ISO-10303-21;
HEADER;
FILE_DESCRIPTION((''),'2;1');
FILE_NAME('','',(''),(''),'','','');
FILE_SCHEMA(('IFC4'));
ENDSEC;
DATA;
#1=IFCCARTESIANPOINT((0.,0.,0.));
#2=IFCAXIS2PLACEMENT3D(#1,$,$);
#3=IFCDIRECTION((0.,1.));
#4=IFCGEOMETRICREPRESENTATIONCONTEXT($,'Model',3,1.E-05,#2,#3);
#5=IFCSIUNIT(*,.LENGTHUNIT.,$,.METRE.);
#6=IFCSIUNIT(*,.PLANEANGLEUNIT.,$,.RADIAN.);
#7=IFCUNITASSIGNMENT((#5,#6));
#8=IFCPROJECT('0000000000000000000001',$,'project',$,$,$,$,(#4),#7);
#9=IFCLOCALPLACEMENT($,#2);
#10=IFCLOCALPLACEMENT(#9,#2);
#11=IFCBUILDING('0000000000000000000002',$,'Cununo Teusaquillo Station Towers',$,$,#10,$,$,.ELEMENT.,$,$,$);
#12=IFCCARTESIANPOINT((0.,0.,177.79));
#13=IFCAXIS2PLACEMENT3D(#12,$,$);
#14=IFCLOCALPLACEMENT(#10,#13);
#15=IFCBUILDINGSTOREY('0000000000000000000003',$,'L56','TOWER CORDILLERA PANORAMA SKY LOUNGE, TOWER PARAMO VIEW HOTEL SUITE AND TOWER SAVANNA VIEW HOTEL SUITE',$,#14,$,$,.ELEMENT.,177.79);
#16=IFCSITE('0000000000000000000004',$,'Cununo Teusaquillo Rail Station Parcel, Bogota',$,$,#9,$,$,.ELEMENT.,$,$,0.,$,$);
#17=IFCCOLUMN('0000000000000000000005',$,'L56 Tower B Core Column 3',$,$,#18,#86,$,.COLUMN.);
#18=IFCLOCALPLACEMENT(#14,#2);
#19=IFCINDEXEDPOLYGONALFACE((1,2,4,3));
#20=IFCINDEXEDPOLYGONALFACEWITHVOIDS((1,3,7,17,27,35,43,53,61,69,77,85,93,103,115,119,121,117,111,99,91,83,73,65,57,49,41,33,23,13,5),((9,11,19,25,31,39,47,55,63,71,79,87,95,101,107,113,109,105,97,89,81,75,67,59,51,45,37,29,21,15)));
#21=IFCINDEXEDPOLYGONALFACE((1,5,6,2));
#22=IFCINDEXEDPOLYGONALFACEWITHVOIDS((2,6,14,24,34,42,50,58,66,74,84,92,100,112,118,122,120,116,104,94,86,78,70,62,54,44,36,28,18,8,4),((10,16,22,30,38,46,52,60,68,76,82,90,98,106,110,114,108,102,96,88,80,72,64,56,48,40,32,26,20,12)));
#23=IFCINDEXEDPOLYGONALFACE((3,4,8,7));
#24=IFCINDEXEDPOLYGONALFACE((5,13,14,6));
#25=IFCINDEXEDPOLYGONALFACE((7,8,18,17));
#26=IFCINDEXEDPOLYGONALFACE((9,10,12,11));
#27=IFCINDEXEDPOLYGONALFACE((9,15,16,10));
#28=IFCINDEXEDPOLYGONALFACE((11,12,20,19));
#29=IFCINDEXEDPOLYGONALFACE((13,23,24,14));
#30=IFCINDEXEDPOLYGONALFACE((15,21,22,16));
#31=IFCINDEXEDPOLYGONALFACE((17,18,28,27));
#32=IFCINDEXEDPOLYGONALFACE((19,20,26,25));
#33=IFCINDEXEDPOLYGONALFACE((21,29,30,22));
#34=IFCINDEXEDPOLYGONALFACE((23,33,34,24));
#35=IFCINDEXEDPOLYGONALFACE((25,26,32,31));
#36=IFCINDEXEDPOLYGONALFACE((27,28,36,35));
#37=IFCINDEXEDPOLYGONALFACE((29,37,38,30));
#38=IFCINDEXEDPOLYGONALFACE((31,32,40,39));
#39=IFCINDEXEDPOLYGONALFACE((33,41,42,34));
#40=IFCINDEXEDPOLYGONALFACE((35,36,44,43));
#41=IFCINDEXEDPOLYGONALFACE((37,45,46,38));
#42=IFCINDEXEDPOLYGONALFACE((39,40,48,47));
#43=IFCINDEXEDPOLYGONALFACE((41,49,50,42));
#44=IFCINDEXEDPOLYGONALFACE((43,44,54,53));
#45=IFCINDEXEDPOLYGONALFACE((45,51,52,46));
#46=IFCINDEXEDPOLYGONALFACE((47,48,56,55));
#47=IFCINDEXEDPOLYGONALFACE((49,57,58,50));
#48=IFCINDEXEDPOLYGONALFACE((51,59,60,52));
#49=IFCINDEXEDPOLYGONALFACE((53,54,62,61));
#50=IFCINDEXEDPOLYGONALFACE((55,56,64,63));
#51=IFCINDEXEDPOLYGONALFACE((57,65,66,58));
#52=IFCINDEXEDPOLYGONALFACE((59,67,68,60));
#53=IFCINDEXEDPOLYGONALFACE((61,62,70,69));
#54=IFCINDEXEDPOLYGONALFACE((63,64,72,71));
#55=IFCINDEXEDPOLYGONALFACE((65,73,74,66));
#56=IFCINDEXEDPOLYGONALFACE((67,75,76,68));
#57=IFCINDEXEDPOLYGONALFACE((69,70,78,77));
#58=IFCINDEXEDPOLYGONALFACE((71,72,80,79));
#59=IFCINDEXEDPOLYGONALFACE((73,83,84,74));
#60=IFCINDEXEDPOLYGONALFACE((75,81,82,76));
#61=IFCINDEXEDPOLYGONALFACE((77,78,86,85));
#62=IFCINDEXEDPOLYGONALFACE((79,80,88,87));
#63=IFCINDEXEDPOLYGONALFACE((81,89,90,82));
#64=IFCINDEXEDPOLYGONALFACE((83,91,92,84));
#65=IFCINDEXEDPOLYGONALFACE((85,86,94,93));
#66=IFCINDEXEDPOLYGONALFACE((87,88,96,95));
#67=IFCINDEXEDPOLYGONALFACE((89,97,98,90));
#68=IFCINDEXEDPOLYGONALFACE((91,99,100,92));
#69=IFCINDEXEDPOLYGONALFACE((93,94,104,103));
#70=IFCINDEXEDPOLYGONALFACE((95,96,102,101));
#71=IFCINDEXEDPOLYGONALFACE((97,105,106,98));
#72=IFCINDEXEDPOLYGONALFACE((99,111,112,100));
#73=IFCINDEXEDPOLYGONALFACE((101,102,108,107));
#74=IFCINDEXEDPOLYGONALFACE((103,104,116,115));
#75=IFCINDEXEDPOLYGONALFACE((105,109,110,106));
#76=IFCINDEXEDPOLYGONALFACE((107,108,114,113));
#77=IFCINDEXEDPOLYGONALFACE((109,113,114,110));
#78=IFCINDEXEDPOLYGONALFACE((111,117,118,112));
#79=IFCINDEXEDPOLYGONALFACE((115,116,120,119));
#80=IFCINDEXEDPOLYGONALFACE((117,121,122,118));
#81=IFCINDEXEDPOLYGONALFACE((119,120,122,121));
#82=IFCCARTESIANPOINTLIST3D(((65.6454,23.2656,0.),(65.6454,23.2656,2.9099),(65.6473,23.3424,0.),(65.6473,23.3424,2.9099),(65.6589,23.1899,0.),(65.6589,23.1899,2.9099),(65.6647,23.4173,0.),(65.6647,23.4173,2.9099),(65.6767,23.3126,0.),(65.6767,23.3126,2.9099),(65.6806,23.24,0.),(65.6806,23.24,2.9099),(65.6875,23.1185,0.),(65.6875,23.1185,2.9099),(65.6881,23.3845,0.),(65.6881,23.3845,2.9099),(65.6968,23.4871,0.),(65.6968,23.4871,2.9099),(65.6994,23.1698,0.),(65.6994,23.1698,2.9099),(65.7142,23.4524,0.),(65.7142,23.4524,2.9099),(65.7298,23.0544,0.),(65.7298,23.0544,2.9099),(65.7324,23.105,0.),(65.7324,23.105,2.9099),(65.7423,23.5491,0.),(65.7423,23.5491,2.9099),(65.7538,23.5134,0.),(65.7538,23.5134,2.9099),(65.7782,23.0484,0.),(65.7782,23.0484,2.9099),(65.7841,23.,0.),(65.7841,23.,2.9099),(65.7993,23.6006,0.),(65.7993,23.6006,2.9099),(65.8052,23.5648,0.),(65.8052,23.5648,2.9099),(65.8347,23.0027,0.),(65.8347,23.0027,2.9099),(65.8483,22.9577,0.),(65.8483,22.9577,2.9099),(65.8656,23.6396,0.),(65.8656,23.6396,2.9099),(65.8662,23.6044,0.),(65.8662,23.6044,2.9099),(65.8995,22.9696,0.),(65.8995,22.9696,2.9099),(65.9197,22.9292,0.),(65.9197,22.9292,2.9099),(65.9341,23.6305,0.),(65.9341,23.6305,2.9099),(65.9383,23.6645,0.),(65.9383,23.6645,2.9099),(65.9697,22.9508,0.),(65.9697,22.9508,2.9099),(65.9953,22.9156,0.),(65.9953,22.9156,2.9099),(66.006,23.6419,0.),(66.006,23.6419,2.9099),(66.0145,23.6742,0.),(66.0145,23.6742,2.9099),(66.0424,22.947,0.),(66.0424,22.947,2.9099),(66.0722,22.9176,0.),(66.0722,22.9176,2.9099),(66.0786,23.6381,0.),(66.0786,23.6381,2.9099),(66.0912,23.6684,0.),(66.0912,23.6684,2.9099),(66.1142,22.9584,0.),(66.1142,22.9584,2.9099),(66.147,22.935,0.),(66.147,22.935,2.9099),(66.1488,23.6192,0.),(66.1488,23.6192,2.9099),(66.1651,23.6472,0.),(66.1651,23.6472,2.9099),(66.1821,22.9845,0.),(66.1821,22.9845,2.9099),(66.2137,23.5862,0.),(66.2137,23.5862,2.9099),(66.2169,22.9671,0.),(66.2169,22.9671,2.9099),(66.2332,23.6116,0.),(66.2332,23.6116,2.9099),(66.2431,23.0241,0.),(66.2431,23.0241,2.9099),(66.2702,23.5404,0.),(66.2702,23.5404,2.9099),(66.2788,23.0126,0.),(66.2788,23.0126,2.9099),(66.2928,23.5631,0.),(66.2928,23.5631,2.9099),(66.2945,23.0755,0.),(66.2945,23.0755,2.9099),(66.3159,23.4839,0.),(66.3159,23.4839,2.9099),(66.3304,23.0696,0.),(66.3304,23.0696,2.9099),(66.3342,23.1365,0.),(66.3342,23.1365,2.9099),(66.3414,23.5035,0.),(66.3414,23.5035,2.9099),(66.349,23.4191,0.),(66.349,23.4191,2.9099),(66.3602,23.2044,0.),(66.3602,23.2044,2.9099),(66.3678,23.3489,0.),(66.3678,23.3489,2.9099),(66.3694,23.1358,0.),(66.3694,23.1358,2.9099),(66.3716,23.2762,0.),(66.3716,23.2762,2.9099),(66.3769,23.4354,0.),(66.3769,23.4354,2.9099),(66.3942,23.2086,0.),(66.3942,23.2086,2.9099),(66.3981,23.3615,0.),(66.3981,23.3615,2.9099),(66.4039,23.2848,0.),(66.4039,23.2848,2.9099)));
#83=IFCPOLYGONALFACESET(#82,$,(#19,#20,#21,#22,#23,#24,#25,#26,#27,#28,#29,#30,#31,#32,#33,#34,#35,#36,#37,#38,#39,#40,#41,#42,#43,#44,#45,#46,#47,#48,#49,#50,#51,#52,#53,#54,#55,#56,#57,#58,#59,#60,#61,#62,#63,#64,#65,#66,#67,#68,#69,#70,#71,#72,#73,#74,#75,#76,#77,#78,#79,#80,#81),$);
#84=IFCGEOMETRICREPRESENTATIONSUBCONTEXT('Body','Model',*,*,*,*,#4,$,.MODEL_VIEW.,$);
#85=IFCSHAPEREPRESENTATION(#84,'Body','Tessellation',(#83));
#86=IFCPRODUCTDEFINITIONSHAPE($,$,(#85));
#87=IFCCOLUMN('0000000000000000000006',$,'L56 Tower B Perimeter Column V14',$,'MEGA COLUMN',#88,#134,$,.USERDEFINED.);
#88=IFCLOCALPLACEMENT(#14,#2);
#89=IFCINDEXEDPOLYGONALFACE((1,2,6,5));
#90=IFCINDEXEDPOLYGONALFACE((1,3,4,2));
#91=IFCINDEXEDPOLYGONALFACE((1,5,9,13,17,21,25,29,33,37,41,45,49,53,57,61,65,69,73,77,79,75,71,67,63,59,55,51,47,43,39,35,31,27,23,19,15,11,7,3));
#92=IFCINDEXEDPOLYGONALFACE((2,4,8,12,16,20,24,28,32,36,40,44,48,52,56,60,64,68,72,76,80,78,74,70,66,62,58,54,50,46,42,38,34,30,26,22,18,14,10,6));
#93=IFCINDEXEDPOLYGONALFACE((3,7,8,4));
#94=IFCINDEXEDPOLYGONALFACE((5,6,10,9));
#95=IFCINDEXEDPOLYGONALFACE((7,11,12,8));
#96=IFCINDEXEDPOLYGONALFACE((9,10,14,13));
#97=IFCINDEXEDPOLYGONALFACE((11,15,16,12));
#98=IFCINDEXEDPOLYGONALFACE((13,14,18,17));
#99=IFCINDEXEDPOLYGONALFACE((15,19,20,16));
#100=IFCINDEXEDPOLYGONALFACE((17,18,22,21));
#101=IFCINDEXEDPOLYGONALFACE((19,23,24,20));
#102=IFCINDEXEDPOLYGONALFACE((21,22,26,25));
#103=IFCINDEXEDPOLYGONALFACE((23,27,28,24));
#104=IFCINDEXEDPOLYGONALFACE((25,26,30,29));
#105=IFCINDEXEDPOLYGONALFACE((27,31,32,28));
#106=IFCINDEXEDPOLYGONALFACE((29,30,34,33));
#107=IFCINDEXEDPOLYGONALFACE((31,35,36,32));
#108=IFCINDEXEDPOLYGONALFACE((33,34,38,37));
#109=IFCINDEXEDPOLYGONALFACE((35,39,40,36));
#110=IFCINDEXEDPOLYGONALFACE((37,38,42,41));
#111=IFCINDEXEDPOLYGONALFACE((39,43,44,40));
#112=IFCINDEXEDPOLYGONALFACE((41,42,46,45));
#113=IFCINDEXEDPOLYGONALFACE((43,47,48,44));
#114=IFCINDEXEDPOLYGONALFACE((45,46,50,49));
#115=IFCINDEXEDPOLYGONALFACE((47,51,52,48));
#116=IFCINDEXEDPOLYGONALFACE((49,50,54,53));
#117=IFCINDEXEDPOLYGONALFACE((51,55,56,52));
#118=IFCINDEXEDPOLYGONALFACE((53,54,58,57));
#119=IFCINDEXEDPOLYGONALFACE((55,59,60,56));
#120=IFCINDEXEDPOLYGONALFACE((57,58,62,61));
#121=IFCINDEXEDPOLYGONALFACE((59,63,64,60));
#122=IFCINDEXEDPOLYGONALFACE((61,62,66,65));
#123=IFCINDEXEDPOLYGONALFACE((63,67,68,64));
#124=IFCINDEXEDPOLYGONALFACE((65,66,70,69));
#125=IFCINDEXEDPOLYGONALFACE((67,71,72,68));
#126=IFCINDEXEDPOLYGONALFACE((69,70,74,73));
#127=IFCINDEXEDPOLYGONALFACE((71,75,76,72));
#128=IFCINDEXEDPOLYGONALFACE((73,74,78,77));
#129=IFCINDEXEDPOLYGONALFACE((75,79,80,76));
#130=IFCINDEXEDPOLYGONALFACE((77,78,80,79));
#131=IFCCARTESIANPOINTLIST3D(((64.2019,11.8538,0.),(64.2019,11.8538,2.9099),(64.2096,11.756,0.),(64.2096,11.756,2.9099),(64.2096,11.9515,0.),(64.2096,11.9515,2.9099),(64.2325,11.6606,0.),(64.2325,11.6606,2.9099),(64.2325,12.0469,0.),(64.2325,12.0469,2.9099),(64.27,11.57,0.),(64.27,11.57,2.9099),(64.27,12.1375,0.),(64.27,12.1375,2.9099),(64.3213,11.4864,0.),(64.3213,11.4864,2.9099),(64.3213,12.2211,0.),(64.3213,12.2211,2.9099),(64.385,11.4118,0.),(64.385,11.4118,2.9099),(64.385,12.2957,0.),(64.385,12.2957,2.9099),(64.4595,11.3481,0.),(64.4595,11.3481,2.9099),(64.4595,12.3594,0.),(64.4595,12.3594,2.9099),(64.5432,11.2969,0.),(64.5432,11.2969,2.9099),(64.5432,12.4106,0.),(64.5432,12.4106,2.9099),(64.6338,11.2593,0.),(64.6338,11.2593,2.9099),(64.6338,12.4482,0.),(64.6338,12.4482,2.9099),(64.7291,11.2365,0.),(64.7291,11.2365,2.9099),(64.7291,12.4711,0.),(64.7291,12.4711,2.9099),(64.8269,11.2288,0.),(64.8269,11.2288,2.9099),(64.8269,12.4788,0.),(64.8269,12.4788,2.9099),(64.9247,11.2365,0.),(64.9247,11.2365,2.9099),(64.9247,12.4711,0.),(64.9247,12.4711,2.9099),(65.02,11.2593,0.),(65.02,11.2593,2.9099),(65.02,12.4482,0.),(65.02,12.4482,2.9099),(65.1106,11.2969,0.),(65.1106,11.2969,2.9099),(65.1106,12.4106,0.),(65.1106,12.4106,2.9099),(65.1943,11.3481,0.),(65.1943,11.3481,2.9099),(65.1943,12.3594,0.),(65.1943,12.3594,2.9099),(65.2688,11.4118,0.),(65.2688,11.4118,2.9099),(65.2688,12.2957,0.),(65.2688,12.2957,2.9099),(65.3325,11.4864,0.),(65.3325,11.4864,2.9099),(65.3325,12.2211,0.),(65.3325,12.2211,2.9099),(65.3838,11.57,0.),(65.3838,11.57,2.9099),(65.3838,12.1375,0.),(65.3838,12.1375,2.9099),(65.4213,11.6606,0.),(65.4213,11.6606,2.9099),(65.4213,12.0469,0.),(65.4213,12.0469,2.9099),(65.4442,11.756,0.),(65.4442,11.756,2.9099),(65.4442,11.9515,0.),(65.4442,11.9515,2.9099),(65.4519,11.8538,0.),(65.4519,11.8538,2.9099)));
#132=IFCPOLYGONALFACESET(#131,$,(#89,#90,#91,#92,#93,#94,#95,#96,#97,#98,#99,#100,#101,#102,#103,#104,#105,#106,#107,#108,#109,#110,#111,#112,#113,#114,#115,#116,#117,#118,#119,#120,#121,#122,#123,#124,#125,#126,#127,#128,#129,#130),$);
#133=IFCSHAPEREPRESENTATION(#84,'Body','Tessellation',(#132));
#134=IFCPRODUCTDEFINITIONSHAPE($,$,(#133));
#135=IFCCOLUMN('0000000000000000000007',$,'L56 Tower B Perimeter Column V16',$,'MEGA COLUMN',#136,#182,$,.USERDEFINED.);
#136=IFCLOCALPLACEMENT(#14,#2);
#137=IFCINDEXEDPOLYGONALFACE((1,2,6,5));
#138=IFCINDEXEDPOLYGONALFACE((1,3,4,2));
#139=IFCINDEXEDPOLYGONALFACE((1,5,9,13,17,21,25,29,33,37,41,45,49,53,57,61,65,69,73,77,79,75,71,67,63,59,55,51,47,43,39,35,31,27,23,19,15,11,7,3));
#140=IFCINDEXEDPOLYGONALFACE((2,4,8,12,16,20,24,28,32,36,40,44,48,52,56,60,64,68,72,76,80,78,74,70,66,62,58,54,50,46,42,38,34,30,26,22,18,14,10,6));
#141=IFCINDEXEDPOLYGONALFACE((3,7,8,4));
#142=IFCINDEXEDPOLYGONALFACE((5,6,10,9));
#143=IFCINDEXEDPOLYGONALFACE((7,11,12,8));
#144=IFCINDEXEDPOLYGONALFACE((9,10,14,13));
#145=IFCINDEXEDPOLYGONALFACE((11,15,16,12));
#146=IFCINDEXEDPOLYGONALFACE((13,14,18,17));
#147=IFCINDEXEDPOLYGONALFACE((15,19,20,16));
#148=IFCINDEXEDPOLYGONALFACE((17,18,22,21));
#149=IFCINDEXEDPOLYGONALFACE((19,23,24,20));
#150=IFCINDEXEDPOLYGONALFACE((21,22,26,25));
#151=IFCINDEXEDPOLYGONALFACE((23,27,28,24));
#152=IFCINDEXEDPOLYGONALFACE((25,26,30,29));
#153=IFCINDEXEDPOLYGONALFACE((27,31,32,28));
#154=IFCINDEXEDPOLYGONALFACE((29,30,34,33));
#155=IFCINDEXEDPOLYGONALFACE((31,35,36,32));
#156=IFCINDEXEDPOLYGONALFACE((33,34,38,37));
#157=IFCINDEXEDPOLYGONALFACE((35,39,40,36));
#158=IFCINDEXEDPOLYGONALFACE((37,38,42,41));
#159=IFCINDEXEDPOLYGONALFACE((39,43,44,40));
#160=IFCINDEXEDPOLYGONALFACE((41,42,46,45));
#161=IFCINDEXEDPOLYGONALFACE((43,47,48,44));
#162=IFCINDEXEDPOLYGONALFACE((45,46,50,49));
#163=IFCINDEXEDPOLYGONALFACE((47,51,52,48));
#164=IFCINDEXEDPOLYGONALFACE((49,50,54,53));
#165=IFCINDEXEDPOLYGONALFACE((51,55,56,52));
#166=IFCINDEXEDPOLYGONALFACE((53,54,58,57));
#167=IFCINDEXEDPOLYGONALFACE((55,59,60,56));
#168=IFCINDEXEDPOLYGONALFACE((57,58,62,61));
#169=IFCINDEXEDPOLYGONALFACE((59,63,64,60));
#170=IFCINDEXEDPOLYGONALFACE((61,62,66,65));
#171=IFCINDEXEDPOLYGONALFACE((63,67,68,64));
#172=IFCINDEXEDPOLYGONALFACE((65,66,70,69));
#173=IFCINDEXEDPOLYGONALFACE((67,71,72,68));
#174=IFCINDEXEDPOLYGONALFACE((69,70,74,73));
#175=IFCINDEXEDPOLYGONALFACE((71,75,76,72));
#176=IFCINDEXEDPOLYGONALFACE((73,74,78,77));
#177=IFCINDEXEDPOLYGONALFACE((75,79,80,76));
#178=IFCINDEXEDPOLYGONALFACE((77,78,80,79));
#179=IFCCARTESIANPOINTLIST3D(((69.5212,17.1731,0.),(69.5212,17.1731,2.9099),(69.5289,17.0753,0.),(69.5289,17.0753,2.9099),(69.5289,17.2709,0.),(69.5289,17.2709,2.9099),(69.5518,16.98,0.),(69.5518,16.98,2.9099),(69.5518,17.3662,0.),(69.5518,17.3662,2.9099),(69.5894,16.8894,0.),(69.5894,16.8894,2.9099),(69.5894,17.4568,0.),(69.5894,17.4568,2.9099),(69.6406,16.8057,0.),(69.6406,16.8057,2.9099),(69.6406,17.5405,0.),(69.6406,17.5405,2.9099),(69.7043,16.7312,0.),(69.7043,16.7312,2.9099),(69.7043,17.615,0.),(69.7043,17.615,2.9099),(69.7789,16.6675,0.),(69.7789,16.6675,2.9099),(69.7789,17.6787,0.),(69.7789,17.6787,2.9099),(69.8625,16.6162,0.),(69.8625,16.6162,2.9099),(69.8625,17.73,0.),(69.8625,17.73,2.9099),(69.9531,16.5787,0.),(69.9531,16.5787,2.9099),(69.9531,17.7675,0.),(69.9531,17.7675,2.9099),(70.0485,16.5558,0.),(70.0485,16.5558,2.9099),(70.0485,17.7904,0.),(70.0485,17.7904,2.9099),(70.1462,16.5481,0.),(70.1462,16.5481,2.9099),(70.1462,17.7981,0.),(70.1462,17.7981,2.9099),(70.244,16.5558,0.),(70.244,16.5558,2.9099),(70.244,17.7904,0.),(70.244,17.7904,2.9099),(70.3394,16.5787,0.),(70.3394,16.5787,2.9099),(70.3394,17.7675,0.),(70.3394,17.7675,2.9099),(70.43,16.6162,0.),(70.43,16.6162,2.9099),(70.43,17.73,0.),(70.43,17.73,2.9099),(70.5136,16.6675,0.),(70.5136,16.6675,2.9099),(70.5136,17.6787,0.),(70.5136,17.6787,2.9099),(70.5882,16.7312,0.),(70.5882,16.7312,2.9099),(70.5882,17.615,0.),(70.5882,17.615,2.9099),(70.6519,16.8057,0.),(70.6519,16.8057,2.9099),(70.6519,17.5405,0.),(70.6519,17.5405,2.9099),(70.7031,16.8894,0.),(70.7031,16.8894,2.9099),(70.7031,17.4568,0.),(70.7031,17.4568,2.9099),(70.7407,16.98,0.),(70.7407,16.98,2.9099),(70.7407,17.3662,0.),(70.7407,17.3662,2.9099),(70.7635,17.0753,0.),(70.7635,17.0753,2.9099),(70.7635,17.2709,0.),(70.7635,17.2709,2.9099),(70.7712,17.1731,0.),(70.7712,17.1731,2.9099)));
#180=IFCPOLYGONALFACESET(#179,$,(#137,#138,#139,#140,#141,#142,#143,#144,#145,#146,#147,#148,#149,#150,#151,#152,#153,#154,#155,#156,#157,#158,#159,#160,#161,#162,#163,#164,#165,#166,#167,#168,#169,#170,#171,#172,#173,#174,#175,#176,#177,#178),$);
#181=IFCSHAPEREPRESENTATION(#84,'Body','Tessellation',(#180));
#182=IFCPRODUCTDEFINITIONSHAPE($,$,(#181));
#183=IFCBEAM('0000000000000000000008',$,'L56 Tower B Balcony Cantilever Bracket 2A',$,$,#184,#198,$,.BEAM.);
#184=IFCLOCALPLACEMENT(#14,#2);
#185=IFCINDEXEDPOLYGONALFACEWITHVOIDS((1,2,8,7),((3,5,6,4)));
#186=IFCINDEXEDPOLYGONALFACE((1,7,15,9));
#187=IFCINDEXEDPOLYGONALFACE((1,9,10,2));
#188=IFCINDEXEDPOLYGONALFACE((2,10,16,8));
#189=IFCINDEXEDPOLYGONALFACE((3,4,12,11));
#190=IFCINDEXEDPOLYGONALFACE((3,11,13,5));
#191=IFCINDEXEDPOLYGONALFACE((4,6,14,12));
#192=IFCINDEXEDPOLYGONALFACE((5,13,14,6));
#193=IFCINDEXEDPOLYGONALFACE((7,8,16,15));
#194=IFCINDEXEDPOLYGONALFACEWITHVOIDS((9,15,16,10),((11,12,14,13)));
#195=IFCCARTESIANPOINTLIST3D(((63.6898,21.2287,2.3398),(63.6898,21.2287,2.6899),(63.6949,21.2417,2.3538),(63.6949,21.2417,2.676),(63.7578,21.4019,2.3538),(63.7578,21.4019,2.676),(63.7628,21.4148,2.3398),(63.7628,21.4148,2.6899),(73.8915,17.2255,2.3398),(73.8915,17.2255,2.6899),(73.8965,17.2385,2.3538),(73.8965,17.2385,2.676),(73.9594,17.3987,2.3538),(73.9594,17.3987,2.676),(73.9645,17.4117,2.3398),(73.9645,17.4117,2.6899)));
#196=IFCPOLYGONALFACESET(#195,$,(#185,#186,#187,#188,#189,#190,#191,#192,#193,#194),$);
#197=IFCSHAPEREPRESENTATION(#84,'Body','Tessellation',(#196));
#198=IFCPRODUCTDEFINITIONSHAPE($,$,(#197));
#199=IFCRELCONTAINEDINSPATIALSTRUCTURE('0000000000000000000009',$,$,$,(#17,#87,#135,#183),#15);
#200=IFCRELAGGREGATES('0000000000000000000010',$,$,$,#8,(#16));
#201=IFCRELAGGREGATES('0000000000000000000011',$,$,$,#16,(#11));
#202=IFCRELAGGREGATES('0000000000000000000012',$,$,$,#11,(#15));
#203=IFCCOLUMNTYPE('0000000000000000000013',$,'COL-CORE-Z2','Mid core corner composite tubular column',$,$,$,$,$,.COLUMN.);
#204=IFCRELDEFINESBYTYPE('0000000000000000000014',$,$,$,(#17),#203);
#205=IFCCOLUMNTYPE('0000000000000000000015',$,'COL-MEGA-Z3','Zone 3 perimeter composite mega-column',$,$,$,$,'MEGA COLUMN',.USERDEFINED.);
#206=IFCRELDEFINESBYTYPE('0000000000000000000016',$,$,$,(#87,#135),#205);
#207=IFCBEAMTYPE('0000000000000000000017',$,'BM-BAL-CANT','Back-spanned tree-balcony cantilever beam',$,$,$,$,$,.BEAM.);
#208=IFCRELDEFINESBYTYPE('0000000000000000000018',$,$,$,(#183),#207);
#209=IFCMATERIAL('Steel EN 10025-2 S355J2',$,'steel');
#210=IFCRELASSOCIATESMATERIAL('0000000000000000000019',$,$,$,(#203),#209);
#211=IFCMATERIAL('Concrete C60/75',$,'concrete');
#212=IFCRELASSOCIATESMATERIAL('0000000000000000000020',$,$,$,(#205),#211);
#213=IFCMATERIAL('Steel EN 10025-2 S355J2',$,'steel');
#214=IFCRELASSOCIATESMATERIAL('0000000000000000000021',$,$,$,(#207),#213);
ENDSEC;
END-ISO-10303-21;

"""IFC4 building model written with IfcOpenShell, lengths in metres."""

from ifc_helpers import new_model, si_unit, direction, frame, origin, origin_2d, place, context, subcontext, project, spatial, hollow_rectangle, circle, hollow_circle, extrude, material, material_profile, profile_set, type_object, element, save


model = new_model("IFC4")

# Units and contexts
model_context = context("Model", 3, precision=1e-05, world=origin(), true_north=direction((0.0, 1.0)))
body_context = subcontext(model_context, "Body", "Model", "MODEL_VIEW")
ifc_project = project(units=[si_unit("LENGTHUNIT", "METRE"), si_unit("PLANEANGLEUNIT", "RADIAN")], contexts=[model_context])

# Site, building, storey
site_placement = place(None, origin())
site = spatial("IfcSite", under=ifc_project, at=site_placement, Name="Cununo Teusaquillo Rail Station Parcel, Bogota", CompositionType="ELEMENT", RefElevation=0.0)
building_placement = place(site_placement, origin())
building = spatial("IfcBuilding", under=site, at=building_placement, Name="Cununo Teusaquillo Station Towers", CompositionType="ELEMENT")
storey_placement = place(building_placement, frame((0.0, 0.0, 177.79)))
storey = spatial("IfcBuildingStorey", under=building, at=storey_placement, Name="L56", Description="TOWER CORDILLERA PANORAMA SKY LOUNGE, TOWER PARAMO VIEW HOTEL SUITE AND TOWER SAVANNA VIEW HOTEL SUITE", CompositionType="ELEMENT", Elevation=177.79)

# Columns
ifc_material_1 = material(Name="Steel EN 10025-2 S355J2", Category="steel")
ifc_material_profile_1 = material_profile(ifc_material_1, hollow_circle(Radius=0.3799, WallThickness=0.032, at=origin_2d()), Name="CHS 760x32")
ifc_profile_set_1 = profile_set([ifc_material_profile_1], Name="Steel EN 10025-2 S355J2")
column_type_1 = type_object("IfcColumnType", Name="COL-CORE-Z2", Description="Mid core corner composite tubular column", PredefinedType="COLUMN", material=ifc_profile_set_1)
column_placement = place(storey_placement, frame((66.0242, 23.2944, 0.0), z_axis=(0.0, 0.0, 1.0), x_axis=(0.707107, 0.707107, 0.0)))
element("IfcColumn", 1, at=column_placement, inside=storey, type_object=column_type_1, Name="L56 Tower B Core Column 3", PredefinedType="COLUMN", context=body_context, shape_type="SweptSolid", body=[
    extrude(hollow_circle(Radius=0.3799, WallThickness=0.032, at=origin_2d()), origin(), (0.0, 0.0, 1.0), 2.9099),
])
ifc_material_2 = material(Name="Concrete C60/75", Category="concrete")
ifc_material_profile_2 = material_profile(ifc_material_2, circle(Radius=0.625, at=origin_2d()), Name="RC-CIRC-1250")
ifc_profile_set_2 = profile_set([ifc_material_profile_2], Name="Concrete C60/75")
column_type_2 = type_object("IfcColumnType", Name="COL-MEGA-Z3", Description="Zone 3 perimeter composite mega-column", ElementType="MEGA COLUMN", PredefinedType="USERDEFINED", material=ifc_profile_set_2)
for number, where, z_axis, x_axis, name in (
    (2, (64.8269, 11.8538, 0.0), (0.0, 0.0, 1.0), (1.0, 0.0, 0.0), "L56 Tower B Perimeter Column V14"),
    (3, (70.1462, 17.1731, 0.0), (0.0, 0.0, 1.0), (1.0, 0.0, 0.0), "L56 Tower B Perimeter Column V16"),
):
    element("IfcColumn", number, at=place(storey_placement, frame(where, z_axis=z_axis, x_axis=x_axis)), inside=storey, type_object=column_type_2, Name=name, ObjectType="MEGA COLUMN", PredefinedType="USERDEFINED", context=body_context, shape_type="SweptSolid", body=[
        extrude(circle(Radius=0.625, at=origin_2d()), origin(), (0.0, 0.0, 1.0), 2.9099),
    ])

# Beam
ifc_material_3 = material(Name="Steel EN 10025-2 S355J2", Category="steel")
ifc_material_profile_3 = material_profile(ifc_material_3, hollow_rectangle(XDim=0.2, YDim=0.3501, WallThickness=0.0139, at=origin_2d()), Name="RHS 350x200x14")
ifc_profile_set_3 = profile_set([ifc_material_profile_3], Name="Steel EN 10025-2 S355J2")
beam_type_1 = type_object("IfcBeamType", Name="BM-BAL-CANT", Description="Back-spanned tree-balcony cantilever beam", PredefinedType="BEAM", material=ifc_profile_set_3)
beam_1_placement = place(storey_placement, frame((63.7263, 21.3218, 2.5149), z_axis=(0.930895, -0.365287, 0.0), x_axis=(0.365287, 0.930895, 0.0)))
element("IfcBeam", 4, at=beam_1_placement, inside=storey, type_object=beam_type_1, Name="L56 Tower B Balcony Cantilever Bracket 2A", PredefinedType="BEAM", context=body_context, shape_type="SweptSolid", body=[
    extrude(hollow_rectangle(XDim=0.2, YDim=0.3501, WallThickness=0.0139, at=origin_2d()), origin(), (0.0, 0.0, 1.0), 10.959),
])

save(model, "model.ifc")
